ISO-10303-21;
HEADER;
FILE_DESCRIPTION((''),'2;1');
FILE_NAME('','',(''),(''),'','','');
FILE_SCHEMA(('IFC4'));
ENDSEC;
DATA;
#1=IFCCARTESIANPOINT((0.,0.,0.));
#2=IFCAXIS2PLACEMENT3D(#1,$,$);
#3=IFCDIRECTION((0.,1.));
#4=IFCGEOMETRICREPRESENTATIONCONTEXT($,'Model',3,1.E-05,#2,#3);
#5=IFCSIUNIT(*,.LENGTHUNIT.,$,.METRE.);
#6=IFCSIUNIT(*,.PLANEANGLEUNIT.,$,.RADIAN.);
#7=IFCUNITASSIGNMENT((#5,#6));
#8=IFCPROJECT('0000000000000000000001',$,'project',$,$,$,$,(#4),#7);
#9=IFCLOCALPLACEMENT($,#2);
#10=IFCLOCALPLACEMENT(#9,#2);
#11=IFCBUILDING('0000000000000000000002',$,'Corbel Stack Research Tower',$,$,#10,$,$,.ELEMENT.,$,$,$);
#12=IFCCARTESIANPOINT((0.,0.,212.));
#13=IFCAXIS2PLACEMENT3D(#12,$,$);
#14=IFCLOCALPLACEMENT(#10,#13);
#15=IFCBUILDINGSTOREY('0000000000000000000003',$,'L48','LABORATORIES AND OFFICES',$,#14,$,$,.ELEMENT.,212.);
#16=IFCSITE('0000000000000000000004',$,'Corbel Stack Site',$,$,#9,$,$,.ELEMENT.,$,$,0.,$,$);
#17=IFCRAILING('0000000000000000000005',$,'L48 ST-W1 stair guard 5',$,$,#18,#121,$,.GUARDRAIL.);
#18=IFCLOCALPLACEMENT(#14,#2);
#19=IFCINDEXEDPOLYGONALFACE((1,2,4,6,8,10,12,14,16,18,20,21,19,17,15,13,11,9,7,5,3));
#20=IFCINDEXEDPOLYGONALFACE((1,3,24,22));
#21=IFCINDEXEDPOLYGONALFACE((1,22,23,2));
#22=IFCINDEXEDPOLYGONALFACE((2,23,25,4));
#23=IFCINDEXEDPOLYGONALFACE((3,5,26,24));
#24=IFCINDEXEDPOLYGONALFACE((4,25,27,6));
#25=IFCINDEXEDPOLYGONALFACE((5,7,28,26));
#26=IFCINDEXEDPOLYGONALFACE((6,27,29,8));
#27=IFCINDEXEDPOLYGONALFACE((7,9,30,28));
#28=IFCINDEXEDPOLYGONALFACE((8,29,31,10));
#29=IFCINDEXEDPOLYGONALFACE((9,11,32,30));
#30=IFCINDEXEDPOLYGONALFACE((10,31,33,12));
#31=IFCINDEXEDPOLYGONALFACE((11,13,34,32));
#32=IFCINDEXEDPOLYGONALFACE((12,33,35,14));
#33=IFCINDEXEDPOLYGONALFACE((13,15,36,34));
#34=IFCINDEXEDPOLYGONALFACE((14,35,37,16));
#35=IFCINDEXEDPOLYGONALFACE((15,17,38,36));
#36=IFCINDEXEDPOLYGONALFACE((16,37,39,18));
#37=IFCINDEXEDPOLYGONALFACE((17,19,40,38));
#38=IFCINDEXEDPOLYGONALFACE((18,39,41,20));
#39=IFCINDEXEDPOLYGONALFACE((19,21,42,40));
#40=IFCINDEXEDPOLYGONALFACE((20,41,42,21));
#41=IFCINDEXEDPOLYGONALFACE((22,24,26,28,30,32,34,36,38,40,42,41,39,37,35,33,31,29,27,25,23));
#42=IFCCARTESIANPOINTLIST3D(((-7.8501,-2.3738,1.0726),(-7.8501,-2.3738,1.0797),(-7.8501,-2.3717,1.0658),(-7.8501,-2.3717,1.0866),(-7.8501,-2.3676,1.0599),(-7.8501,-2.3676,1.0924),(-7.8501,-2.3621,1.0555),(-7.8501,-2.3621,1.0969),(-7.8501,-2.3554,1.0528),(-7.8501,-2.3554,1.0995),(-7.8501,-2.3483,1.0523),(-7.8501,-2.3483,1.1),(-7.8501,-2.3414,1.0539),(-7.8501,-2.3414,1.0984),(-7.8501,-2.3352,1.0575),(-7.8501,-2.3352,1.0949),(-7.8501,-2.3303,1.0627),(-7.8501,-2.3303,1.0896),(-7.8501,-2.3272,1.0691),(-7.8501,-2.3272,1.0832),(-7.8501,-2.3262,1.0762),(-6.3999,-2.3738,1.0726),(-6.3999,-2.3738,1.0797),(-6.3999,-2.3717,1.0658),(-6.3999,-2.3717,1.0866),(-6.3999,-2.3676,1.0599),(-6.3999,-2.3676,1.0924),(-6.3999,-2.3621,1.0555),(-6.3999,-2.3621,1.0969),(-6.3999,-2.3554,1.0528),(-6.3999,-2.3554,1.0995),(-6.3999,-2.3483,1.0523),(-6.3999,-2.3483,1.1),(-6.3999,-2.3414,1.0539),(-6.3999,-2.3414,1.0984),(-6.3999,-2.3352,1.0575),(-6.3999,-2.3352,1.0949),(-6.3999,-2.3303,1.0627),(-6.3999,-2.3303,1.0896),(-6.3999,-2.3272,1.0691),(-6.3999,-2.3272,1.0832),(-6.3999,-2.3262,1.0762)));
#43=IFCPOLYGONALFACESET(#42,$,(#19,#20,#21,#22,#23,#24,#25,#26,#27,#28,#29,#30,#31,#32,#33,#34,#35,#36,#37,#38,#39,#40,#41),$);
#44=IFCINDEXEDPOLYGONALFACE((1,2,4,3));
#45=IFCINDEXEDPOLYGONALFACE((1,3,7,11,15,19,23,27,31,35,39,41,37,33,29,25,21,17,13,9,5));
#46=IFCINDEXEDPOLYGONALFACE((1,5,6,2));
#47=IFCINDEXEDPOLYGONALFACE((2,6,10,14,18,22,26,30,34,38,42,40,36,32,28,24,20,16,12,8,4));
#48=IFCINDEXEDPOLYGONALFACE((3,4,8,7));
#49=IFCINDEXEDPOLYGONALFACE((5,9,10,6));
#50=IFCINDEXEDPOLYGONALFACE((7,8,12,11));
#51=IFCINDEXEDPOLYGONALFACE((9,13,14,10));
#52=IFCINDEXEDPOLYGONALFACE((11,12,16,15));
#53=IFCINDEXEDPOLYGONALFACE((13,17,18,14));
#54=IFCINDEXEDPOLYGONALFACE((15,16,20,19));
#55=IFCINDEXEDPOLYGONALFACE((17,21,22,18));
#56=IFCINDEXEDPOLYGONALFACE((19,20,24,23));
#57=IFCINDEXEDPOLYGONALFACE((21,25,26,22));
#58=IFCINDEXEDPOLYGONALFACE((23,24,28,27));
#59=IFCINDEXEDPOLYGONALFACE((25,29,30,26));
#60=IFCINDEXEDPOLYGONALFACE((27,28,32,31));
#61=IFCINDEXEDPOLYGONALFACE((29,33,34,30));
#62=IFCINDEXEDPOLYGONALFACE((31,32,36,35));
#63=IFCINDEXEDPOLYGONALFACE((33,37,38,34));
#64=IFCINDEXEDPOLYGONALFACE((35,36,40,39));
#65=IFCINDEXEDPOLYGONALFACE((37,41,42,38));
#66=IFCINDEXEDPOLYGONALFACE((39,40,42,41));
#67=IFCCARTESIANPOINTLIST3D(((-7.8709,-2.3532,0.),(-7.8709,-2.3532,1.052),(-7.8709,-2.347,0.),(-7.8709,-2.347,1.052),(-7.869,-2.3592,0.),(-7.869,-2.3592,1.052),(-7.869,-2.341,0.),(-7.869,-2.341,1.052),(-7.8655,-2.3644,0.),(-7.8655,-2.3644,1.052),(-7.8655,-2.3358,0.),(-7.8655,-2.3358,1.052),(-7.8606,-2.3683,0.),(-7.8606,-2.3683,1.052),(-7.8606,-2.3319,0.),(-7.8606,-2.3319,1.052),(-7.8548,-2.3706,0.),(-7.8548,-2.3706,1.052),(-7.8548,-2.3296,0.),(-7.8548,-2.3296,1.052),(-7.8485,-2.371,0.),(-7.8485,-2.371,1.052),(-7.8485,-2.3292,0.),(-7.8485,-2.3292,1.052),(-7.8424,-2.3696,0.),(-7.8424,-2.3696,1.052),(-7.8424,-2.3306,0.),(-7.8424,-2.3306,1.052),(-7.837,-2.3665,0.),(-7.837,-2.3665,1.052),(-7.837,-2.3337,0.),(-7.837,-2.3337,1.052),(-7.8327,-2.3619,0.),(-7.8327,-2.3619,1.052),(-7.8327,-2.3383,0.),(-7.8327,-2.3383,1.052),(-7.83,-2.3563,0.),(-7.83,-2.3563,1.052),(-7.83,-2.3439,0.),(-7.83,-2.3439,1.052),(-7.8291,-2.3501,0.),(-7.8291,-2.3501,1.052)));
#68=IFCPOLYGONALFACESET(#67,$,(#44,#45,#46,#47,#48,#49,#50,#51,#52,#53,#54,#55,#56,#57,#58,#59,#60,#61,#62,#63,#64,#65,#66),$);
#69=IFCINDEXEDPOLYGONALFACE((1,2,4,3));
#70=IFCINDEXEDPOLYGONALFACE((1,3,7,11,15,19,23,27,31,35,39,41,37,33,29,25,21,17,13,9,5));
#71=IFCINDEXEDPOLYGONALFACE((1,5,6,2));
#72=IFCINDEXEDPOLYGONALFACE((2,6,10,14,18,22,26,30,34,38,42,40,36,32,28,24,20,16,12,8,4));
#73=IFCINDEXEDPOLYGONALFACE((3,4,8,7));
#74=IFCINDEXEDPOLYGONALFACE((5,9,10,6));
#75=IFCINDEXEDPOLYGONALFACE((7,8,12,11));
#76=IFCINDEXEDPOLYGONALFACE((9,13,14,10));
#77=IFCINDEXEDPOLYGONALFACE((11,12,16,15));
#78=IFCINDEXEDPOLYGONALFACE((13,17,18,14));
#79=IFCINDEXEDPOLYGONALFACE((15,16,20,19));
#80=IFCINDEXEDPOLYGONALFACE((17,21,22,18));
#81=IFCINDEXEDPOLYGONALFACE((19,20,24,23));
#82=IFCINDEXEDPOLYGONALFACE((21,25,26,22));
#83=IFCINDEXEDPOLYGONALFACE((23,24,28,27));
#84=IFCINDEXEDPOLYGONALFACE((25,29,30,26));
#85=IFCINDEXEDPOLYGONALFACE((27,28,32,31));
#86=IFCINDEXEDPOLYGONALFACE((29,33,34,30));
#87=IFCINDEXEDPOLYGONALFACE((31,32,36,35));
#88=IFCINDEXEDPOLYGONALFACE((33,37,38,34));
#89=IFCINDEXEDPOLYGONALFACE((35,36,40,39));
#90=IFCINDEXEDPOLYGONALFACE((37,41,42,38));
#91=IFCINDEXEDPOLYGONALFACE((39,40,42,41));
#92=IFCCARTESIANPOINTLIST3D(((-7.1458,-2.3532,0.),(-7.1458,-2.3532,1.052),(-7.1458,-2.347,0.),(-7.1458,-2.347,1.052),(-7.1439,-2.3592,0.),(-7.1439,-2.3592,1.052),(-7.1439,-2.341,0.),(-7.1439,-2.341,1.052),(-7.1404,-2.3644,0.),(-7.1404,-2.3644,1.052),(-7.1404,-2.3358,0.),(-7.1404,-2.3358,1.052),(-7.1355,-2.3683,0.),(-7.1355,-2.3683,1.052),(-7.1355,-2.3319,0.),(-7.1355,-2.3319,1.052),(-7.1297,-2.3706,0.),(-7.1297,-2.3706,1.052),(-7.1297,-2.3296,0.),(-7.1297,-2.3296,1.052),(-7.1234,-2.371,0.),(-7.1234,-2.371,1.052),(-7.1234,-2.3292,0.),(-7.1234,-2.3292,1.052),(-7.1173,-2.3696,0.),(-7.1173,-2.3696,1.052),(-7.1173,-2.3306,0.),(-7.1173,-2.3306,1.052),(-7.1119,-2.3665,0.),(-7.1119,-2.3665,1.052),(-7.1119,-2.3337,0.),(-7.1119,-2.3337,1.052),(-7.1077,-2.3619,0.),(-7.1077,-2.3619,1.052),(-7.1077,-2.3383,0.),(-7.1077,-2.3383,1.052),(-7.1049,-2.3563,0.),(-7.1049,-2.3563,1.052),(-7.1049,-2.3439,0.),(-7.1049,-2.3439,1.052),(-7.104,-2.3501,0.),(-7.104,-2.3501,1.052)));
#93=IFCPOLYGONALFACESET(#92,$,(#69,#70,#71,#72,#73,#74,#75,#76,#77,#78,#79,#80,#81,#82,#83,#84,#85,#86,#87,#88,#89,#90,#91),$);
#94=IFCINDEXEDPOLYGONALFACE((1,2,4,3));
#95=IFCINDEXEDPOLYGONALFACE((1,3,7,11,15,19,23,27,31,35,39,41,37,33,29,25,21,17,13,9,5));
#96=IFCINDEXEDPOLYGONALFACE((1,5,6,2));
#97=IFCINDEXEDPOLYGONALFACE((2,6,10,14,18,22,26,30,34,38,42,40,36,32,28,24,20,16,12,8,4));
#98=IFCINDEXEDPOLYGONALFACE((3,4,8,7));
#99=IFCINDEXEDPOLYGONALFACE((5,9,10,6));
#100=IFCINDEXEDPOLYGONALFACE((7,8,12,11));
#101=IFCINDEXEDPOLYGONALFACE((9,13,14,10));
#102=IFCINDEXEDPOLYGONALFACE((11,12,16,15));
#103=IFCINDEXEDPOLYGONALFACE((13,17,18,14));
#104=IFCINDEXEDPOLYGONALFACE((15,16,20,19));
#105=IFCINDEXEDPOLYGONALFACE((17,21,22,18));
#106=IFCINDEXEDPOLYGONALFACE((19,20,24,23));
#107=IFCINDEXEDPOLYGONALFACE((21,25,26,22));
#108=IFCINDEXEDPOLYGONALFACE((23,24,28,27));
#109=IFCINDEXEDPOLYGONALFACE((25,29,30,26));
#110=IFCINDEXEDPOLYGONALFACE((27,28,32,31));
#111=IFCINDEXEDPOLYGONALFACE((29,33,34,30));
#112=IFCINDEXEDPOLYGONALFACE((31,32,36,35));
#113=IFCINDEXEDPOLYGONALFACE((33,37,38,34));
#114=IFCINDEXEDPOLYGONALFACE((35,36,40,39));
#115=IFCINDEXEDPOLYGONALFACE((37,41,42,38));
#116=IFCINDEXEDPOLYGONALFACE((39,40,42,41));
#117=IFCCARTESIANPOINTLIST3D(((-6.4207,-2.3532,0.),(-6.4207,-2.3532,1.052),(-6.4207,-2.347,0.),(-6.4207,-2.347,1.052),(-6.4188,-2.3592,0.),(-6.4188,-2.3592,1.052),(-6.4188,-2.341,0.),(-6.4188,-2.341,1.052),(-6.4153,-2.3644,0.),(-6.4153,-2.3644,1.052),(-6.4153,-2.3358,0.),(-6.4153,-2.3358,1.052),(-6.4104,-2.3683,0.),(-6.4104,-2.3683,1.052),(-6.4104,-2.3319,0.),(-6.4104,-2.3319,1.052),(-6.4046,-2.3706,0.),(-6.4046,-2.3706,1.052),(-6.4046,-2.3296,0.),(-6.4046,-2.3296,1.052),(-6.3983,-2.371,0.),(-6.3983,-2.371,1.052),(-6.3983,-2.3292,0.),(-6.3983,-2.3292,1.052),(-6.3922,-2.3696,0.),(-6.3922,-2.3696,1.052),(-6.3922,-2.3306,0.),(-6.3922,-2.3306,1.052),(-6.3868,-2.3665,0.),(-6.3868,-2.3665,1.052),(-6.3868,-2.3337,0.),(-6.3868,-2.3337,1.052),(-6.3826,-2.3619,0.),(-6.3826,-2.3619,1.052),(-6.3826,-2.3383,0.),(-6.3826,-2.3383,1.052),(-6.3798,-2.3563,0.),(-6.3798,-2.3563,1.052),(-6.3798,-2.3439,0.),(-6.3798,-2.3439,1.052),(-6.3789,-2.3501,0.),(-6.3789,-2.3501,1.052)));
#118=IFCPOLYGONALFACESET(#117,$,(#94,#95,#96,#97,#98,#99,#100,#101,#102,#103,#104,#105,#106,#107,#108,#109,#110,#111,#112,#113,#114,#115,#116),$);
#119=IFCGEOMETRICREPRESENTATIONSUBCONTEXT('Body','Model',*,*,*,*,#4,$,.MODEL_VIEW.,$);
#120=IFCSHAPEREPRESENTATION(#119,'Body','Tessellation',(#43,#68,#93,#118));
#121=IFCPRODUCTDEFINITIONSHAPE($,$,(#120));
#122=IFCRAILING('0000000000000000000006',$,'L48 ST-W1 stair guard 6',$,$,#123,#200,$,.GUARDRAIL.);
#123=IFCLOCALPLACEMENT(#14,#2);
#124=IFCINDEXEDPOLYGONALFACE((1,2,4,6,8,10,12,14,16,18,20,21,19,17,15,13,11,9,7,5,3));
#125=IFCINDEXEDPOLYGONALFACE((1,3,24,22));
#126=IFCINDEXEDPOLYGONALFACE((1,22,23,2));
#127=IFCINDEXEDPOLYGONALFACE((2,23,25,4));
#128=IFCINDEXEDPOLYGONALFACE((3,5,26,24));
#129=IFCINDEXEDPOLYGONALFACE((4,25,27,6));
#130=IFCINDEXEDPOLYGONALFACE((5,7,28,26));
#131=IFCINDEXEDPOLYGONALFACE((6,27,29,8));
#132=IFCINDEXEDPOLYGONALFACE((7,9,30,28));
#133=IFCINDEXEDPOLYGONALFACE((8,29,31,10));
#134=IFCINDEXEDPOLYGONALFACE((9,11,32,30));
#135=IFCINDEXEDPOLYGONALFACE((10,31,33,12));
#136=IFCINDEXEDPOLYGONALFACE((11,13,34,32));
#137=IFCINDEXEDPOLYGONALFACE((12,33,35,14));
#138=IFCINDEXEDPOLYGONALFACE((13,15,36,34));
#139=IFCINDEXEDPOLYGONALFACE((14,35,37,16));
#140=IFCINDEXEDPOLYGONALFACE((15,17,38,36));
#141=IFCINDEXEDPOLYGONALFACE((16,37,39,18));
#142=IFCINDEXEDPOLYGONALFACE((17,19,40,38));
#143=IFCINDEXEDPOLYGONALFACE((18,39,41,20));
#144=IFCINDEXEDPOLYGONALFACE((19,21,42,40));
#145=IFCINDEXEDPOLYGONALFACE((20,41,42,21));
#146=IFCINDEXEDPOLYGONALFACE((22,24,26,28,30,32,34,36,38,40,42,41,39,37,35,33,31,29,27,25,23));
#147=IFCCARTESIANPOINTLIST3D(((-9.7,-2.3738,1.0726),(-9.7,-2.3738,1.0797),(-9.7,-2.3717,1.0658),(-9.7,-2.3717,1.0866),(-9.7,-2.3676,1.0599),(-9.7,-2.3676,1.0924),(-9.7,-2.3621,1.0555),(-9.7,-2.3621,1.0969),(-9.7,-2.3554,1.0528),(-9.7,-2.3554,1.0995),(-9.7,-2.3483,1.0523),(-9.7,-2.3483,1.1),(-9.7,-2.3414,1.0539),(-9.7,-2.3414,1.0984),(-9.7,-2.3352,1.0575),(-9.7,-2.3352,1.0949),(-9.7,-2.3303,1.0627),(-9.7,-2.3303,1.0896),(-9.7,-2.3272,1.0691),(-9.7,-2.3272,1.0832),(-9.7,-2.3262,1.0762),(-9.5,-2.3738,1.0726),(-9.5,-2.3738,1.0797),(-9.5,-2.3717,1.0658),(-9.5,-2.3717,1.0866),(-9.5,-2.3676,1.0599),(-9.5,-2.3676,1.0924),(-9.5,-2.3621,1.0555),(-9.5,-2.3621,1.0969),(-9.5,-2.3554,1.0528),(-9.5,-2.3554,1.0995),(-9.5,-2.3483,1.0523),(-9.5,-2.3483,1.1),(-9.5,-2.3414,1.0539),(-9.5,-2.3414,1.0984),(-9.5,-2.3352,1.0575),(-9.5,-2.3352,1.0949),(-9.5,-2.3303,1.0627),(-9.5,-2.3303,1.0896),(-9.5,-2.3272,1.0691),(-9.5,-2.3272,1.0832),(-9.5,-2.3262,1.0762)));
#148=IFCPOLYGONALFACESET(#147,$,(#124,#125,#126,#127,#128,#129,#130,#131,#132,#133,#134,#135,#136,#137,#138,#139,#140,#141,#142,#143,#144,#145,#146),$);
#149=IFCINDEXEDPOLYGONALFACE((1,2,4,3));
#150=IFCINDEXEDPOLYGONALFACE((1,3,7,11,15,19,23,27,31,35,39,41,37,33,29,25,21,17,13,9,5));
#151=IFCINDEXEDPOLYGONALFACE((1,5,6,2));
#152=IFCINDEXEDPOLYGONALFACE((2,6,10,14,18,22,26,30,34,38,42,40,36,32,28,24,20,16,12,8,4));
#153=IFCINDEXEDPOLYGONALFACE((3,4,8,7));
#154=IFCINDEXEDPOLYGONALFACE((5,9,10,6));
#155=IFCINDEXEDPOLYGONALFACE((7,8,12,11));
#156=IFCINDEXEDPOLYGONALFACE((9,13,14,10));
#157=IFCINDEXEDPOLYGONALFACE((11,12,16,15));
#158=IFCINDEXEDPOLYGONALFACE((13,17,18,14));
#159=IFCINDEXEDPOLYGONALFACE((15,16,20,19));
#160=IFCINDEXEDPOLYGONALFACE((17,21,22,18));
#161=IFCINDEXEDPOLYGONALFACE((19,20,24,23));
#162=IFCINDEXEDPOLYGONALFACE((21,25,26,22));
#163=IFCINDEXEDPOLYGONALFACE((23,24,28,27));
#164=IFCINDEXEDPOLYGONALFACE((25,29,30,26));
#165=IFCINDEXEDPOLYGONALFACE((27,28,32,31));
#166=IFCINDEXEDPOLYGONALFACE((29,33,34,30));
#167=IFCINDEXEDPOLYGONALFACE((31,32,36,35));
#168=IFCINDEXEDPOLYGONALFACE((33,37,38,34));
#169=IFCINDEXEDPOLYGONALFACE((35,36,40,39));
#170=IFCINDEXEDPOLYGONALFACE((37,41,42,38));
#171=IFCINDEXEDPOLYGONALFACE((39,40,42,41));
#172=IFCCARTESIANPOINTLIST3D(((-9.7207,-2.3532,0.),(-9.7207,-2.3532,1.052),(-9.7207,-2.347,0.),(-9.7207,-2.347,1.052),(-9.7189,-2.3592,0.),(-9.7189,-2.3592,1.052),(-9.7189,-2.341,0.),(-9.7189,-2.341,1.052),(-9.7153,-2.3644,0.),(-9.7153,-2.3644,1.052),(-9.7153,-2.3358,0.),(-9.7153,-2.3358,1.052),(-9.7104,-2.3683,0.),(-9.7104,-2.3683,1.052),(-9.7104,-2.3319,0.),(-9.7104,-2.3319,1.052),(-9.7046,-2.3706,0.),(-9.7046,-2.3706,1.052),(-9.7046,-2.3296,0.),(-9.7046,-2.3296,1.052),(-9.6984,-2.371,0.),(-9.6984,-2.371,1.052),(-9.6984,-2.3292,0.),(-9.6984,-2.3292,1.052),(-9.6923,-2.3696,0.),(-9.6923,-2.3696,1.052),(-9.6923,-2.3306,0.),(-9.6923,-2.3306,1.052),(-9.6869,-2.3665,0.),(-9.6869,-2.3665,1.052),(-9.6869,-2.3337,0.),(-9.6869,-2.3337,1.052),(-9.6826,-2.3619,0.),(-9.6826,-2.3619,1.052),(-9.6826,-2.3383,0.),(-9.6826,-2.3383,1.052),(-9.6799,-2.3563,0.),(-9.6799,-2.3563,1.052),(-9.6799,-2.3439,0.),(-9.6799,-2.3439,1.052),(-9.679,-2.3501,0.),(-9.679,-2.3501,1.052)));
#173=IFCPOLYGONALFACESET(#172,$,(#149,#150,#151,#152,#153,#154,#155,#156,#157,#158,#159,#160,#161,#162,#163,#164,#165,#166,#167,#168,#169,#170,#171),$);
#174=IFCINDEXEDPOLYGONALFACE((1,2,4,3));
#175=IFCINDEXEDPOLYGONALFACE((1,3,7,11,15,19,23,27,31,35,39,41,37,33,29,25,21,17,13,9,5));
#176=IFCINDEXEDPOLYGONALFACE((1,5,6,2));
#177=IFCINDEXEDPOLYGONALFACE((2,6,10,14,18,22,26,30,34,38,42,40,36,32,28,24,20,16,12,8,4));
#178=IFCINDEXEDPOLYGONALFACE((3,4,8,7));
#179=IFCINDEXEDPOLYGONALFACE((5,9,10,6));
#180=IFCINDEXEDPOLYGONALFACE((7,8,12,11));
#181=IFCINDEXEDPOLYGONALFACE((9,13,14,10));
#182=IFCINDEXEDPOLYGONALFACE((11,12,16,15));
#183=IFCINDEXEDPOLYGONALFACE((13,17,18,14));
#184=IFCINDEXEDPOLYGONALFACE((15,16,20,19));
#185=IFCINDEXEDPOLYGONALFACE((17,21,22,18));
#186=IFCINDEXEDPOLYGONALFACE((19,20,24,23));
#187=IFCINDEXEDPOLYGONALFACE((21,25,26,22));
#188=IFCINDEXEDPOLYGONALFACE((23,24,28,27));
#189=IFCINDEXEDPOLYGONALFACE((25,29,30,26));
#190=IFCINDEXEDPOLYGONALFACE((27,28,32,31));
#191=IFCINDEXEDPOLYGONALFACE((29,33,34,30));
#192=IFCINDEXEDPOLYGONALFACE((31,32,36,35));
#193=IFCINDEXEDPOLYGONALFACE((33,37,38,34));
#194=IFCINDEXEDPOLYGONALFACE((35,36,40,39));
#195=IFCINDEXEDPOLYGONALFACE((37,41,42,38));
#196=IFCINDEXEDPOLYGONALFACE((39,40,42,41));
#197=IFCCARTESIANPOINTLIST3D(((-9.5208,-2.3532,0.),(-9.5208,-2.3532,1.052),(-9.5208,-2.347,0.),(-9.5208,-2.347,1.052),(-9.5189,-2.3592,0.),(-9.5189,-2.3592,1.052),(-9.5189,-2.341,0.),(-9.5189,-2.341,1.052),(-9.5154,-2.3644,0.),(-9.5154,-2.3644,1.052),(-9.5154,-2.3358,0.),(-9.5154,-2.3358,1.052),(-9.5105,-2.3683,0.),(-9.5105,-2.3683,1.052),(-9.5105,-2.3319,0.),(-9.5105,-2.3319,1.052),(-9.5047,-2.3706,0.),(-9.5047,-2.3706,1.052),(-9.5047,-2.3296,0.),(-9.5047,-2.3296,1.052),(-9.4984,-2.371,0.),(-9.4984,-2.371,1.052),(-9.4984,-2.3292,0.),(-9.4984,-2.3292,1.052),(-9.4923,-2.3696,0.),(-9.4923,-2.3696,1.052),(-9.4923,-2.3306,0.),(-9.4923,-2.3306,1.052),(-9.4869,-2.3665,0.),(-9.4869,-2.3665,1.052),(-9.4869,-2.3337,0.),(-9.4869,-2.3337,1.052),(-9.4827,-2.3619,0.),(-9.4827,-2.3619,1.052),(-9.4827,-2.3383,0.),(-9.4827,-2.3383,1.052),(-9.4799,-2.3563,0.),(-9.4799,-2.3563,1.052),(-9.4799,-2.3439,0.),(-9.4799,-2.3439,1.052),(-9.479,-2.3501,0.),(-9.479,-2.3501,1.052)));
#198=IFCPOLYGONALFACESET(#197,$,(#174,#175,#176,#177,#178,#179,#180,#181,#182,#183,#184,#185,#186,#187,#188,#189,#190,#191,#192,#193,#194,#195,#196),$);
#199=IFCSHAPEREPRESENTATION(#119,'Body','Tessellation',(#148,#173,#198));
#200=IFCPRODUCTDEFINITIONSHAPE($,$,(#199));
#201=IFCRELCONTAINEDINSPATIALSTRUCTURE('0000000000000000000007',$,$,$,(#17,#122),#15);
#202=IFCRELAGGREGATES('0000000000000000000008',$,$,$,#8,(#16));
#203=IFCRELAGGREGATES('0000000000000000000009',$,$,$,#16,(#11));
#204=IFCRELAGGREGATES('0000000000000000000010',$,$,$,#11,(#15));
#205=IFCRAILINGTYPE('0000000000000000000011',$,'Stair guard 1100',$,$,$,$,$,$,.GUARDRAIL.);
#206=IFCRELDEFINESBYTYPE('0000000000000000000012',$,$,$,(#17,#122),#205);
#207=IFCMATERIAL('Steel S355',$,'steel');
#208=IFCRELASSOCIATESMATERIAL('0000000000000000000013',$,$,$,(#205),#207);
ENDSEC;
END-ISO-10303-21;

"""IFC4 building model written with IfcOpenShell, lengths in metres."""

from ifc_helpers import new_model, si_unit, direction, frame, origin, origin_2d, place, context, subcontext, project, spatial, circle, extrude, material, type_object, element, save


model = new_model("IFC4")

# Units and contexts
model_context = context("Model", 3, precision=1e-05, world=origin(), true_north=direction((0.0, 1.0)))
body_context = subcontext(model_context, "Body", "Model", "MODEL_VIEW")
ifc_project = project(units=[si_unit("LENGTHUNIT", "METRE"), si_unit("PLANEANGLEUNIT", "RADIAN")], contexts=[model_context])

# Site, building, storey
site_placement = place(None, origin())
site = spatial("IfcSite", under=ifc_project, at=site_placement, Name="Corbel Stack Site", CompositionType="ELEMENT", RefElevation=0.0)
building_placement = place(site_placement, origin())
building = spatial("IfcBuilding", under=site, at=building_placement, Name="Corbel Stack Research Tower", CompositionType="ELEMENT")
storey_placement = place(building_placement, frame((0.0, 0.0, 212.0)))
storey = spatial("IfcBuildingStorey", under=building, at=storey_placement, Name="L48", Description="LABORATORIES AND OFFICES", CompositionType="ELEMENT", Elevation=212.0)

# Railings
ifc_material_1 = material(Name="Steel S355", Category="steel")
railing_type_1 = type_object("IfcRailingType", Name="Stair guard 1100", PredefinedType="GUARDRAIL", material=ifc_material_1)
railing_1_placement = place(storey_placement, frame((-7.8501, -2.3501, 0.0)))
element("IfcRailing", 1, at=railing_1_placement, inside=storey, type_object=railing_type_1, Name="L48 ST-W1 stair guard 5", PredefinedType="GUARDRAIL", context=body_context, shape_type="SweptSolid", body=[
    extrude(circle(Radius=0.0239, at=origin_2d()), frame((0.0, 0.0, 1.0762), z_axis=(1.0, 0.0, 0.0), x_axis=(0.0, 1.0, 0.0)), (0.0, 0.0, 1.0), 1.4502),
    extrude(circle(Radius=0.021, at=origin_2d()), origin(), (0.0, 0.0, 1.0), 1.052),
    extrude(circle(Radius=0.021, at=origin_2d()), frame((0.7251, 0.0, 0.0)), (0.0, 0.0, 1.0), 1.052),
    extrude(circle(Radius=0.021, at=origin_2d()), frame((1.4502, 0.0, 0.0)), (0.0, 0.0, 1.0), 1.052),
])
railing_2_placement = place(storey_placement, frame((-9.7, -2.3501, 0.0)))
element("IfcRailing", 2, at=railing_2_placement, inside=storey, type_object=railing_type_1, Name="L48 ST-W1 stair guard 6", PredefinedType="GUARDRAIL", context=body_context, shape_type="SweptSolid", body=[
    extrude(circle(Radius=0.0239, at=origin_2d()), frame((0.0, 0.0, 1.0762), z_axis=(1.0, 0.0, 0.0), x_axis=(0.0, 1.0, 0.0)), (0.0, 0.0, 1.0), 0.2),
    extrude(circle(Radius=0.021, at=origin_2d()), origin(), (0.0, 0.0, 1.0), 1.052),
    extrude(circle(Radius=0.021, at=origin_2d()), frame((0.2, 0.0, 0.0)), (0.0, 0.0, 1.0), 1.052),
])

save(model, "model.ifc")
